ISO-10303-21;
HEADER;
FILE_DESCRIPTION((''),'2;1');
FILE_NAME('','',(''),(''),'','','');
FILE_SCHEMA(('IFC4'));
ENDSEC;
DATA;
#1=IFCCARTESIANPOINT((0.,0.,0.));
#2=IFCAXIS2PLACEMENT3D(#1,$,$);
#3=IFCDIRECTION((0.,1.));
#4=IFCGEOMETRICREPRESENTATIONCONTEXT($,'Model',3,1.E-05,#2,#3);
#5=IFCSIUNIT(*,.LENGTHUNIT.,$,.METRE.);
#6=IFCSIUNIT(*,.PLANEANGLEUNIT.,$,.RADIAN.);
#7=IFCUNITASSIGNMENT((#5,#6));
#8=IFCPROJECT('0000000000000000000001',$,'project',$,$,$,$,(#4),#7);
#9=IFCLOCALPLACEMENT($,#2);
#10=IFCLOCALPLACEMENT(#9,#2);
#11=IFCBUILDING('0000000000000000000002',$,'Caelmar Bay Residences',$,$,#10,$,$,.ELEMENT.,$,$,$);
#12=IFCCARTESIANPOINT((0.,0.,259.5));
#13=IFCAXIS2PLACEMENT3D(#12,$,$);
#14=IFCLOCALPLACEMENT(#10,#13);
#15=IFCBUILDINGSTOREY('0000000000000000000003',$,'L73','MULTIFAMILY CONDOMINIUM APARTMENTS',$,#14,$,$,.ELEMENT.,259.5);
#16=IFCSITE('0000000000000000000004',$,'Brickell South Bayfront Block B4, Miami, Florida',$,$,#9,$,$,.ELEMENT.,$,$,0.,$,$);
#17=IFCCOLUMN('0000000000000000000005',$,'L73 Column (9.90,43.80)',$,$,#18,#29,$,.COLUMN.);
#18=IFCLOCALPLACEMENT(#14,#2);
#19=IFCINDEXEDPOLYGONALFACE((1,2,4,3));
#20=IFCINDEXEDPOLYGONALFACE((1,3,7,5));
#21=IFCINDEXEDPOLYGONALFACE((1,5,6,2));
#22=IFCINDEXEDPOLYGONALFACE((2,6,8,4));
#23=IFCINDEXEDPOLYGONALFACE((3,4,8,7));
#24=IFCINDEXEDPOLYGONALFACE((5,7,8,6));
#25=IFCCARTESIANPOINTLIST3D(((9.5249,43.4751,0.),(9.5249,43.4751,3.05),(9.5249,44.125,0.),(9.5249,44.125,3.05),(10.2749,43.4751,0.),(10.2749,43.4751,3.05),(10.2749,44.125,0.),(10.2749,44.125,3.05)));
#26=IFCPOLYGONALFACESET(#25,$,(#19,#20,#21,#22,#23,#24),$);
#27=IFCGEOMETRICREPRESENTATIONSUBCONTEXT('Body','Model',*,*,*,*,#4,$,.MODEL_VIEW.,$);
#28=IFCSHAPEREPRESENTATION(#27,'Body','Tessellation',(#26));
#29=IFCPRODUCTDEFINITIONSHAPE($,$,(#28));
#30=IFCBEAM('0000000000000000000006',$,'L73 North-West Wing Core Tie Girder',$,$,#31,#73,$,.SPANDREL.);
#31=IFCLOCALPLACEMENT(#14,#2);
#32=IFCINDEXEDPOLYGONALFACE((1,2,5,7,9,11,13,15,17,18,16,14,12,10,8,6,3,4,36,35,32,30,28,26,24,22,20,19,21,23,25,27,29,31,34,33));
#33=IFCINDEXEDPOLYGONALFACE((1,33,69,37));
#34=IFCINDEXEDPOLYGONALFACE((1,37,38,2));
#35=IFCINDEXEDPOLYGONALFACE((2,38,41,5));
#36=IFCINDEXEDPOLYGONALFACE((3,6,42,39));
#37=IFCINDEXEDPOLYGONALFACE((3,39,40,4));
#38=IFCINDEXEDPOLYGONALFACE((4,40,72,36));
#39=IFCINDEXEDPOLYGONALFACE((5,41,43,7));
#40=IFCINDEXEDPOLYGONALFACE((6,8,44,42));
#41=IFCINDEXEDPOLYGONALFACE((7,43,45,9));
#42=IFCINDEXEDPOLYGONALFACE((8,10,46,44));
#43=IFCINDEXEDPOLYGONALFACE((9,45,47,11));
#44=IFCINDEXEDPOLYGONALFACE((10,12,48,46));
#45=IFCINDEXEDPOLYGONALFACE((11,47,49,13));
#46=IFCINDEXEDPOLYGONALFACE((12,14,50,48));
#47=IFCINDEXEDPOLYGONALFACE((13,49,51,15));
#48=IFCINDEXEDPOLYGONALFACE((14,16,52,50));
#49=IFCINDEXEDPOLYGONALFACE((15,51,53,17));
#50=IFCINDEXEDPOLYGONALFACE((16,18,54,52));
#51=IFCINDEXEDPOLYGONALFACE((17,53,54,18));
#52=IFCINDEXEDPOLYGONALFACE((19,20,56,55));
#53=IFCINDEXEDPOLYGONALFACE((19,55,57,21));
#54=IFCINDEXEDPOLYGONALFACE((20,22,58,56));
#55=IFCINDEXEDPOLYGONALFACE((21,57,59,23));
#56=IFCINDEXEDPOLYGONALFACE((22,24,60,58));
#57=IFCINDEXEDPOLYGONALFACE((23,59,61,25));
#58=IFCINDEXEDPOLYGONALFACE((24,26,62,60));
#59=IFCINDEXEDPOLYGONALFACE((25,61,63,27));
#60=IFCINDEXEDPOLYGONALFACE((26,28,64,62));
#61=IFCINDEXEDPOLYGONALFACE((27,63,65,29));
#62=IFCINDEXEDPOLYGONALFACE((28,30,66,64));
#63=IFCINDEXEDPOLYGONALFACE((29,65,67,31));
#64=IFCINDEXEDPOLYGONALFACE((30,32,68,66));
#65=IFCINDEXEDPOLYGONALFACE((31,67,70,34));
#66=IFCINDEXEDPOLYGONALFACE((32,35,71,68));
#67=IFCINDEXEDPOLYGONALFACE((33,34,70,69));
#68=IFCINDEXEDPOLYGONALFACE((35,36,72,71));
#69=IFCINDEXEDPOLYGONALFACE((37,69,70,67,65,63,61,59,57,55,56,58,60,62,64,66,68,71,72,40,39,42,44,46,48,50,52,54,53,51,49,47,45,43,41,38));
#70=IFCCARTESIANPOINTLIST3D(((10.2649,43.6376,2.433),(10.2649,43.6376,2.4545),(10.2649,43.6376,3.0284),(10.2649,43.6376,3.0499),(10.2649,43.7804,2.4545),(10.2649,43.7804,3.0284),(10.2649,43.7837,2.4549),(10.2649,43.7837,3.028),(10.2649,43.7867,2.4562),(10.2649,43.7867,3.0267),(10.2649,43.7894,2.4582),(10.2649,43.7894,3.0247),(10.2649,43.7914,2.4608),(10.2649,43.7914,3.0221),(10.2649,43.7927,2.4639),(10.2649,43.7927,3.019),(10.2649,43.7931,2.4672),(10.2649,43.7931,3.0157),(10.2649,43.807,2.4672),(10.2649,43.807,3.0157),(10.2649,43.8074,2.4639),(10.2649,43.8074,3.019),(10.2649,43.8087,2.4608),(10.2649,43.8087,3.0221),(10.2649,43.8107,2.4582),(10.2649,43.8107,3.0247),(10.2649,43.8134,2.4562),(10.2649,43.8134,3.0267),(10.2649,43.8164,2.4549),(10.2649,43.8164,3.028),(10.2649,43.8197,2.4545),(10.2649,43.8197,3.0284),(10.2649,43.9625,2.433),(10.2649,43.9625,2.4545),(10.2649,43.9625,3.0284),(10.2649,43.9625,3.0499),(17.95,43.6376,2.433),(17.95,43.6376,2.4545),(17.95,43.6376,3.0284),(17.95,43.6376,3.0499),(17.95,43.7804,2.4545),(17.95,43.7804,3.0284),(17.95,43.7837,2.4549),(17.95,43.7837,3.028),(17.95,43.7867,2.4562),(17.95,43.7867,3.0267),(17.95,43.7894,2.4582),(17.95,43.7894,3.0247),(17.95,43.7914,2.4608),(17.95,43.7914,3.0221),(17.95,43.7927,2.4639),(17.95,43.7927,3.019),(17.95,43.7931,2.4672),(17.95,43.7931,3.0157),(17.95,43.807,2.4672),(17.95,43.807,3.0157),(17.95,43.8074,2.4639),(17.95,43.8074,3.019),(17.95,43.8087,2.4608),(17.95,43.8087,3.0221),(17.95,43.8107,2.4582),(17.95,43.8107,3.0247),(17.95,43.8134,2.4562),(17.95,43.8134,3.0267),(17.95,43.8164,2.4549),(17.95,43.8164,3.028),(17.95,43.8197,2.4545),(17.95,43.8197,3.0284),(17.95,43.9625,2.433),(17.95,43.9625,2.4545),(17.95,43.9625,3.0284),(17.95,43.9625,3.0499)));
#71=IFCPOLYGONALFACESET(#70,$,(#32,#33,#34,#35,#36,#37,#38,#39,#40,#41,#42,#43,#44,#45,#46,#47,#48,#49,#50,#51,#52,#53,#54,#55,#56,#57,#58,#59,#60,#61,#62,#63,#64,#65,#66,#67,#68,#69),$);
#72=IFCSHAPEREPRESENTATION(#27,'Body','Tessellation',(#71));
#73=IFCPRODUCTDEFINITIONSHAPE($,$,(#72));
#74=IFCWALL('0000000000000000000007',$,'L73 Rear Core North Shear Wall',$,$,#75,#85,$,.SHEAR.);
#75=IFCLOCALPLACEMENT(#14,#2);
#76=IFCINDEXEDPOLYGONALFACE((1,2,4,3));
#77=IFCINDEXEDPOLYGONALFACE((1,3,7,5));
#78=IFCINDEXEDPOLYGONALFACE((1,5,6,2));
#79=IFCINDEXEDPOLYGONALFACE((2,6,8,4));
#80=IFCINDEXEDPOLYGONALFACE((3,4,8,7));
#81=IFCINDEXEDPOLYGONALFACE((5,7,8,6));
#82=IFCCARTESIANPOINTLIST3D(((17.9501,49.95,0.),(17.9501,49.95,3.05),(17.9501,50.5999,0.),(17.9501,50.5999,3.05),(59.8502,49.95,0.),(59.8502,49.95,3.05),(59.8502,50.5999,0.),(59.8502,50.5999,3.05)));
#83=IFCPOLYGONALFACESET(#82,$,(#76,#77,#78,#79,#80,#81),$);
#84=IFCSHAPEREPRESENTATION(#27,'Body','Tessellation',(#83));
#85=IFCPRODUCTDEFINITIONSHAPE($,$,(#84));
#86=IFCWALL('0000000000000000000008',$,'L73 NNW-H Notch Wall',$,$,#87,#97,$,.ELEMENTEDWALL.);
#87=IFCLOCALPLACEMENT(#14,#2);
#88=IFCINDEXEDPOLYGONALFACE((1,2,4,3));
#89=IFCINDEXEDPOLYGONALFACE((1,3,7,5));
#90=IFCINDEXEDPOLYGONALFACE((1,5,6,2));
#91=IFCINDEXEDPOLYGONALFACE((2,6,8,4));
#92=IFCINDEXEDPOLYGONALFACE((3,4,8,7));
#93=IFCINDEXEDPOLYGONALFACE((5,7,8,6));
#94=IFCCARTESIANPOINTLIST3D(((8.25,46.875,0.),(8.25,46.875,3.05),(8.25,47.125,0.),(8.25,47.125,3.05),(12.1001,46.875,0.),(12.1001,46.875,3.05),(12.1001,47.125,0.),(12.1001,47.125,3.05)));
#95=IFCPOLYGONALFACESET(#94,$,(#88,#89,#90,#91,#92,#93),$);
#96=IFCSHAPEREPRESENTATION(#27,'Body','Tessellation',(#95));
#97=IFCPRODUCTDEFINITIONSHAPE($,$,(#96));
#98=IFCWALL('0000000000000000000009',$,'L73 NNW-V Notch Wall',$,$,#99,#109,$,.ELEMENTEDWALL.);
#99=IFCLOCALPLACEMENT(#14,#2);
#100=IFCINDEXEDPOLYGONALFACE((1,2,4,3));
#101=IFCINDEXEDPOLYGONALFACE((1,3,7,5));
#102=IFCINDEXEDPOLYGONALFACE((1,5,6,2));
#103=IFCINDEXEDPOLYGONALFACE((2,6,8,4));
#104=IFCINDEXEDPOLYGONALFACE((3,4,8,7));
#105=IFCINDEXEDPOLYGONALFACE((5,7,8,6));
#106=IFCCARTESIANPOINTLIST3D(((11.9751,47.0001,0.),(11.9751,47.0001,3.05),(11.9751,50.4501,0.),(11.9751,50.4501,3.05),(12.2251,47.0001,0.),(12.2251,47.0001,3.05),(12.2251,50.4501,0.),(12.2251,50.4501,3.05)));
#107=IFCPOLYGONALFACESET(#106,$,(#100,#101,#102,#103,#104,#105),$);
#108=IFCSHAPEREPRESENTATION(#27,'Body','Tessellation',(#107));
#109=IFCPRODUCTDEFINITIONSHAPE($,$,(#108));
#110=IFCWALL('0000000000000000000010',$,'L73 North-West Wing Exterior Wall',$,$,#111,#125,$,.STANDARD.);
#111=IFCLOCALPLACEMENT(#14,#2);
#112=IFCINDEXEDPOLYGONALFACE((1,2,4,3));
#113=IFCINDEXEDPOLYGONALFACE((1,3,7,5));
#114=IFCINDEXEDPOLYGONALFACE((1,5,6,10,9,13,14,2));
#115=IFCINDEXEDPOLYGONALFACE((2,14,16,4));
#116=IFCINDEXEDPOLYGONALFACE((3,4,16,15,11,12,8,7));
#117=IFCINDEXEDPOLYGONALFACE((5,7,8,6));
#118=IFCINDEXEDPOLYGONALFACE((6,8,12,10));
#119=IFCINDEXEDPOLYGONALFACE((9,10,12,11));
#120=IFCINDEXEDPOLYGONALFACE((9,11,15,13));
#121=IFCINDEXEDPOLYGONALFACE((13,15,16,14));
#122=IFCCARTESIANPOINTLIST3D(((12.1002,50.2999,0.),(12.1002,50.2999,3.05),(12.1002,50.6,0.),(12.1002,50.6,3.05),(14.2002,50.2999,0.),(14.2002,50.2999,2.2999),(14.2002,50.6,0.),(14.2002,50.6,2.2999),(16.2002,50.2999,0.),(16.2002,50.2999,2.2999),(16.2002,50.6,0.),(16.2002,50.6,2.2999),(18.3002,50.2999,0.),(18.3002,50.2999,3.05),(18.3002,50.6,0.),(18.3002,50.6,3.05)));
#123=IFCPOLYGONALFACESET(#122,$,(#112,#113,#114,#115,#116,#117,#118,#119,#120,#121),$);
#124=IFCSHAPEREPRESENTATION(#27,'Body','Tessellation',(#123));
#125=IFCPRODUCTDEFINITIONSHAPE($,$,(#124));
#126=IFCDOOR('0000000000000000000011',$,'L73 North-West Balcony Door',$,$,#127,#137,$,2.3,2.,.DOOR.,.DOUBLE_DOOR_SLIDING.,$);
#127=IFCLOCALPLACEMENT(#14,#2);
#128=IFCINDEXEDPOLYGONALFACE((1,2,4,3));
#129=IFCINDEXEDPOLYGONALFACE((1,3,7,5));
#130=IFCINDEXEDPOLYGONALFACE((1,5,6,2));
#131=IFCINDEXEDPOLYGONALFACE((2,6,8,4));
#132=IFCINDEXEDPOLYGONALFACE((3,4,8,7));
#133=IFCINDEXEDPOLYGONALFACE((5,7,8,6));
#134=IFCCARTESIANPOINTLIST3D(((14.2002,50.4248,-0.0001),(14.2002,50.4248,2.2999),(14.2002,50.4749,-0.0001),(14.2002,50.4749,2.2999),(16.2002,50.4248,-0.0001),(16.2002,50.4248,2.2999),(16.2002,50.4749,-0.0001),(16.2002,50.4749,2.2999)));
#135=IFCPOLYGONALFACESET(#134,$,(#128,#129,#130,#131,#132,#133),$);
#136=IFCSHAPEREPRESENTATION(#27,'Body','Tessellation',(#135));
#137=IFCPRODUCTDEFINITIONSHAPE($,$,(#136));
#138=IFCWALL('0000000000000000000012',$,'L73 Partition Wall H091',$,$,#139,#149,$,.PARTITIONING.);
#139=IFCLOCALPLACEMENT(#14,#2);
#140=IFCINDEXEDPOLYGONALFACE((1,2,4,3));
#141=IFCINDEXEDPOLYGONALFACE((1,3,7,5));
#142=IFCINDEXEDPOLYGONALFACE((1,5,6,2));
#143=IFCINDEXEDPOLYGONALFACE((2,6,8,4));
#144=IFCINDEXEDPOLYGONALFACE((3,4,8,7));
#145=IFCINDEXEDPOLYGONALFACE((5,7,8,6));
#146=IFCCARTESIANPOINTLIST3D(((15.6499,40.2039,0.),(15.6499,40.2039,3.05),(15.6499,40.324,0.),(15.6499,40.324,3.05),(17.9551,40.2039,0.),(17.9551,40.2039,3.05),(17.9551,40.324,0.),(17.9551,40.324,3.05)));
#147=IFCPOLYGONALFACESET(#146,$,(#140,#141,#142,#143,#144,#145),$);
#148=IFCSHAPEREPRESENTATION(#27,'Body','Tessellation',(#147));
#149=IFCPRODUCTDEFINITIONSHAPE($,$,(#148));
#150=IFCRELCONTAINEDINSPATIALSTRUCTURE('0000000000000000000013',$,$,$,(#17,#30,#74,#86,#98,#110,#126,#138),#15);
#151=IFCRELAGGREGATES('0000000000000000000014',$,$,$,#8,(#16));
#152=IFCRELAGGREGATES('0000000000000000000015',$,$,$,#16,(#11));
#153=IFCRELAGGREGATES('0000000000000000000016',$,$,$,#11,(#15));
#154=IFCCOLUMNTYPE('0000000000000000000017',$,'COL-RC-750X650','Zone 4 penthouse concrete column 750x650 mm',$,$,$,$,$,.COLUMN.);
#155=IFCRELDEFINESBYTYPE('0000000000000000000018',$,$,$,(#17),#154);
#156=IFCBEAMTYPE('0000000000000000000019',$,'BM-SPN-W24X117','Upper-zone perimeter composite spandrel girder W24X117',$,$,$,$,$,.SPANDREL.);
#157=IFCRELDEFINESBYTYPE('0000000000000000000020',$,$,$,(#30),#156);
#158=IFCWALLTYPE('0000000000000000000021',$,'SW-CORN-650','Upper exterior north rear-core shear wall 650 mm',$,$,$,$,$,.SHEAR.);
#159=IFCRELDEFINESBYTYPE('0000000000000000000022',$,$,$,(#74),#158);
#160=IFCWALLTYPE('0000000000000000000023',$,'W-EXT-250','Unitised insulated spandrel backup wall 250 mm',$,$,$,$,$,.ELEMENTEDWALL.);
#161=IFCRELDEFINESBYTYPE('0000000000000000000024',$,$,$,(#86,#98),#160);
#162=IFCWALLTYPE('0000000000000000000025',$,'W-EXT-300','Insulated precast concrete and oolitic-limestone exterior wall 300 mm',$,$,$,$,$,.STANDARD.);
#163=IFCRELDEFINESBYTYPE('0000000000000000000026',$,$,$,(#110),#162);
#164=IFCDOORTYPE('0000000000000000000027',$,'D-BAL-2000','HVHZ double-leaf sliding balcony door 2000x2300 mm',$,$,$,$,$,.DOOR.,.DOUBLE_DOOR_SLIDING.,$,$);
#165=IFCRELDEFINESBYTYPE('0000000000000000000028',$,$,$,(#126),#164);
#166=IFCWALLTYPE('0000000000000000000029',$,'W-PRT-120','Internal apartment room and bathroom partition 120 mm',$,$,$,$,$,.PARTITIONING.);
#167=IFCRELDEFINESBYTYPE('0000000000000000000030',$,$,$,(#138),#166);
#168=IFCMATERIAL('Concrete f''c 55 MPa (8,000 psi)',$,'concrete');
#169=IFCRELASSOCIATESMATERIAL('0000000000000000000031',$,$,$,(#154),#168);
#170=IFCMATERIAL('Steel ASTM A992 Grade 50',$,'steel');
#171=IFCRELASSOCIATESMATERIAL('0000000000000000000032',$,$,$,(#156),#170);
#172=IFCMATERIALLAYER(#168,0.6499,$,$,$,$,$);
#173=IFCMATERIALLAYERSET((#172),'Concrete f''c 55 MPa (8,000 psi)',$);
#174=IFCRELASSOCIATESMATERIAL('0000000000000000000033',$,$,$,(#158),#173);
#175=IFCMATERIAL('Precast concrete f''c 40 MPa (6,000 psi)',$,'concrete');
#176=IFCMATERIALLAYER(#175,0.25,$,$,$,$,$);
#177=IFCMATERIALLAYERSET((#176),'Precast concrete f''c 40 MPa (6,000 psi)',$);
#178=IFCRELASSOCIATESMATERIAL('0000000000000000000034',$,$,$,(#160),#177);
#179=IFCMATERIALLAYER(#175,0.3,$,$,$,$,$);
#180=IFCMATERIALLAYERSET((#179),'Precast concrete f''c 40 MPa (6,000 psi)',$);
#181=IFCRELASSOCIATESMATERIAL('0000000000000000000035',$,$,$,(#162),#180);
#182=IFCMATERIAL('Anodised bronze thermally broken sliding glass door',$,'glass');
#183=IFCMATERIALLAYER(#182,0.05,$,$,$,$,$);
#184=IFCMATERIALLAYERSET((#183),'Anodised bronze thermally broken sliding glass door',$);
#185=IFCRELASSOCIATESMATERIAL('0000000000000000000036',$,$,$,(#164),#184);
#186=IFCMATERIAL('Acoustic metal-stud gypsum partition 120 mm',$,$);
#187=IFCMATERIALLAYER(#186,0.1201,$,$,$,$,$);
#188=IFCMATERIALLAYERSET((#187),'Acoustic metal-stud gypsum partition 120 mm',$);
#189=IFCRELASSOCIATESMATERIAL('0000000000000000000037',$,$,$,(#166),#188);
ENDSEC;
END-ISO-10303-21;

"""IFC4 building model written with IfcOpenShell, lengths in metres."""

from ifc_helpers import new_model, si_unit, direction, frame, frame_2d, origin, origin_2d, place, context, subcontext, project, spatial, rectangle, i_section, extrude, material, layer, layer_set, material_profile, profile_set, type_object, element, fill, save


model = new_model("IFC4")

# Units and contexts
model_context = context("Model", 3, precision=1e-05, world=origin(), true_north=direction((0.0, 1.0)))
body_context = subcontext(model_context, "Body", "Model", "MODEL_VIEW")
ifc_project = project(units=[si_unit("LENGTHUNIT", "METRE"), si_unit("PLANEANGLEUNIT", "RADIAN")], contexts=[model_context])

# Site, building, storey
site_placement = place(None, origin())
site = spatial("IfcSite", under=ifc_project, at=site_placement, Name="Brickell South Bayfront Block B4, Miami, Florida", CompositionType="ELEMENT", RefElevation=0.0)
building_placement = place(site_placement, origin())
building = spatial("IfcBuilding", under=site, at=building_placement, Name="Caelmar Bay Residences", CompositionType="ELEMENT")
storey_placement = place(building_placement, frame((0.0, 0.0, 259.5)))
storey = spatial("IfcBuildingStorey", under=building, at=storey_placement, Name="L73", Description="MULTIFAMILY CONDOMINIUM APARTMENTS", CompositionType="ELEMENT", Elevation=259.5)

# Column
ifc_material_1 = material(Name="Concrete f'c 55 MPa (8,000 psi)", Category="concrete")
ifc_material_profile_1 = material_profile(ifc_material_1, rectangle(XDim=0.75, YDim=0.6499, at=origin_2d()), Name="RC-COL-750X650")
ifc_profile_set_1 = profile_set([ifc_material_profile_1], Name="Concrete f'c 55 MPa (8,000 psi)")
column_type = type_object("IfcColumnType", Name="COL-RC-750X650", Description="Zone 4 penthouse concrete column 750x650 mm", PredefinedType="COLUMN", material=ifc_profile_set_1)
column_placement = place(storey_placement, frame((9.8999, 43.8, 0.0), z_axis=(0.0, 0.0, 1.0), x_axis=(1.0, 0.0, 0.0)))
element("IfcColumn", 1, at=column_placement, inside=storey, type_object=column_type, Name="L73 Column (9.90,43.80)", PredefinedType="COLUMN", context=body_context, shape_type="SweptSolid", body=[
    extrude(rectangle(XDim=0.75, YDim=0.6499, at=origin_2d()), origin(), (0.0, 0.0, 1.0), 3.05),
])

# Beam
ifc_material_2 = material(Name="Steel ASTM A992 Grade 50", Category="steel")
ifc_material_profile_2 = material_profile(ifc_material_2, i_section(OverallWidth=0.325, OverallDepth=0.6169, WebThickness=0.0139, FlangeThickness=0.0215, FilletRadius=0.0127, at=origin_2d()), Name="W24X117")
ifc_profile_set_2 = profile_set([ifc_material_profile_2], Name="Steel ASTM A992 Grade 50")
beam_type = type_object("IfcBeamType", Name="BM-SPN-W24X117", Description="Upper-zone perimeter composite spandrel girder W24X117", PredefinedType="SPANDREL", material=ifc_profile_set_2)
beam_placement = place(storey_placement, frame((10.2649, 43.8, 2.7415), z_axis=(1.0, 0.0, 0.0), x_axis=(0.0, 1.0, 0.0)))
element("IfcBeam", 2, at=beam_placement, inside=storey, type_object=beam_type, Name="L73 North-West Wing Core Tie Girder", PredefinedType="SPANDREL", context=body_context, shape_type="SweptSolid", body=[
    extrude(i_section(OverallWidth=0.325, OverallDepth=0.6169, WebThickness=0.0139, FlangeThickness=0.0215, FilletRadius=0.0127, at=origin_2d()), origin(), (0.0, 0.0, 1.0), 7.6851),
])

# Walls
ifc_layer_1 = layer(ifc_material_1, 0.6499)
ifc_layer_set_1 = layer_set([ifc_layer_1], Name="Concrete f'c 55 MPa (8,000 psi)")
wall_type_1 = type_object("IfcWallType", Name="SW-CORN-650", Description="Upper exterior north rear-core shear wall 650 mm", PredefinedType="SHEAR", material=ifc_layer_set_1)
wall_1_placement = place(storey_placement, frame((17.95, 50.2749, 0.0), z_axis=(0.0, 0.0, 1.0), x_axis=(1.0, 0.0, 0.0)))
element("IfcWall", 3, at=wall_1_placement, inside=storey, type_object=wall_type_1, Name="L73 Rear Core North Shear Wall", PredefinedType="SHEAR", context=body_context, shape_type="SweptSolid", body=[
    extrude(rectangle(XDim=41.9001, YDim=0.6499, at=frame_2d((20.9502, 0.0))), origin(), (0.0, 0.0, 1.0), 3.05),
])
ifc_material_3 = material(Name="Precast concrete f'c 40 MPa (6,000 psi)", Category="concrete")
ifc_layer_2 = layer(ifc_material_3, 0.25)
ifc_layer_set_2 = layer_set([ifc_layer_2], Name="Precast concrete f'c 40 MPa (6,000 psi)")
wall_type_2 = type_object("IfcWallType", Name="W-EXT-250", Description="Unitised insulated spandrel backup wall 250 mm", PredefinedType="ELEMENTEDWALL", material=ifc_layer_set_2)
wall_2_placement = place(storey_placement, frame((8.25, 47.0, 0.0), z_axis=(0.0, 0.0, 1.0), x_axis=(1.0, 0.0, 0.0)))
element("IfcWall", 4, at=wall_2_placement, inside=storey, type_object=wall_type_2, Name="L73 NNW-H Notch Wall", PredefinedType="ELEMENTEDWALL", context=body_context, shape_type="SweptSolid", body=[
    extrude(rectangle(XDim=3.8501, YDim=0.25, at=frame_2d((1.925, 0.0))), origin(), (0.0, 0.0, 1.0), 3.05),
])
wall_3_placement = place(storey_placement, frame((12.1001, 47.0, 0.0), z_axis=(0.0, 0.0, 1.0), x_axis=(0.0, 1.0, 0.0)))
element("IfcWall", 5, at=wall_3_placement, inside=storey, type_object=wall_type_2, Name="L73 NNW-V Notch Wall", PredefinedType="ELEMENTEDWALL", context=body_context, shape_type="SweptSolid", body=[
    extrude(rectangle(XDim=3.45, YDim=0.25, at=frame_2d((1.7251, 0.0))), origin(), (0.0, 0.0, 1.0), 3.05),
])

# Wall, opening, door
ifc_layer_3 = layer(ifc_material_3, 0.3)
ifc_layer_set_3 = layer_set([ifc_layer_3], Name="Precast concrete f'c 40 MPa (6,000 psi)")
wall_type_3 = type_object("IfcWallType", Name="W-EXT-300", Description="Insulated precast concrete and oolitic-limestone exterior wall 300 mm", PredefinedType="STANDARD", material=ifc_layer_set_3)
wall_4_placement = place(storey_placement, frame((12.1001, 50.45, 0.0), z_axis=(0.0, 0.0, 1.0), x_axis=(1.0, 0.0, 0.0)))
wall_4 = element("IfcWall", 6, at=wall_4_placement, inside=storey, type_object=wall_type_3, Name="L73 North-West Wing Exterior Wall", PredefinedType="STANDARD", context=body_context, shape_type="SweptSolid", body=[
    extrude(rectangle(XDim=6.2, YDim=0.3, at=frame_2d((3.1001, 0.0))), origin(), (0.0, 0.0, 1.0), 3.05),
])
opening_1_placement = place(wall_4_placement, frame((2.1001, 0.0, 0.0)))
opening_1 = element("IfcOpeningElement", 7, at=opening_1_placement, cuts=wall_4, PredefinedType="OPENING", context=body_context, shape_type="SweptSolid", body=[
    extrude(rectangle(XDim=2.0, YDim=2.3, at=frame_2d((1.0, 1.1499))), frame((0.0, 0.1599, 0.0), z_axis=(0.0, -1.0, 0.0), x_axis=(1.0, 0.0, 0.0)), (0.0, 0.0, 1.0), 0.3201),
])
ifc_material_4 = material(Name="Anodised bronze thermally broken sliding glass door", Category="glass")
ifc_layer_4 = layer(ifc_material_4, 0.05)
ifc_layer_set_4 = layer_set([ifc_layer_4], Name="Anodised bronze thermally broken sliding glass door")
door_type_1 = type_object("IfcDoorType", Name="D-BAL-2000", Description="HVHZ double-leaf sliding balcony door 2000x2300 mm", OperationType="DOUBLE_DOOR_SLIDING", PredefinedType="DOOR", material=ifc_layer_set_4)
door_1_placement = place(opening_1_placement, origin())
door_1 = element("IfcDoor", 8, at=door_1_placement, inside=storey, type_object=door_type_1, Name="L73 North-West Balcony Door", OperationType="DOUBLE_DOOR_SLIDING", OverallHeight=2.3, OverallWidth=2.0, PredefinedType="DOOR", context=body_context, shape_type="SweptSolid", body=[
    extrude(rectangle(XDim=2.0, YDim=2.3, at=frame_2d((1.0, 1.1499))), frame((0.0, 0.0249, 0.0), z_axis=(0.0, -1.0, 0.0), x_axis=(1.0, 0.0, 0.0)), (0.0, 0.0, 1.0), 0.05),
])
fill(opening_1, door_1)

# Wall
ifc_material_5 = material(Name="Acoustic metal-stud gypsum partition 120 mm")
ifc_layer_5 = layer(ifc_material_5, 0.1201)
ifc_layer_set_5 = layer_set([ifc_layer_5], Name="Acoustic metal-stud gypsum partition 120 mm")
wall_type_4 = type_object("IfcWallType", Name="W-PRT-120", Description="Internal apartment room and bathroom partition 120 mm", PredefinedType="PARTITIONING", material=ifc_layer_set_5)
wall_5_placement = place(storey_placement, frame((15.6499, 40.2639, 0.0), z_axis=(0.0, 0.0, 1.0), x_axis=(1.0, 0.0, 0.0)))
element("IfcWall", 9, at=wall_5_placement, inside=storey, type_object=wall_type_4, Name="L73 Partition Wall H091", PredefinedType="PARTITIONING", context=body_context, shape_type="SweptSolid", body=[
    extrude(rectangle(XDim=2.3052, YDim=0.1201, at=frame_2d((1.1526, 0.0))), origin(), (0.0, 0.0, 1.0), 3.05),
])

save(model, "model.ifc")
